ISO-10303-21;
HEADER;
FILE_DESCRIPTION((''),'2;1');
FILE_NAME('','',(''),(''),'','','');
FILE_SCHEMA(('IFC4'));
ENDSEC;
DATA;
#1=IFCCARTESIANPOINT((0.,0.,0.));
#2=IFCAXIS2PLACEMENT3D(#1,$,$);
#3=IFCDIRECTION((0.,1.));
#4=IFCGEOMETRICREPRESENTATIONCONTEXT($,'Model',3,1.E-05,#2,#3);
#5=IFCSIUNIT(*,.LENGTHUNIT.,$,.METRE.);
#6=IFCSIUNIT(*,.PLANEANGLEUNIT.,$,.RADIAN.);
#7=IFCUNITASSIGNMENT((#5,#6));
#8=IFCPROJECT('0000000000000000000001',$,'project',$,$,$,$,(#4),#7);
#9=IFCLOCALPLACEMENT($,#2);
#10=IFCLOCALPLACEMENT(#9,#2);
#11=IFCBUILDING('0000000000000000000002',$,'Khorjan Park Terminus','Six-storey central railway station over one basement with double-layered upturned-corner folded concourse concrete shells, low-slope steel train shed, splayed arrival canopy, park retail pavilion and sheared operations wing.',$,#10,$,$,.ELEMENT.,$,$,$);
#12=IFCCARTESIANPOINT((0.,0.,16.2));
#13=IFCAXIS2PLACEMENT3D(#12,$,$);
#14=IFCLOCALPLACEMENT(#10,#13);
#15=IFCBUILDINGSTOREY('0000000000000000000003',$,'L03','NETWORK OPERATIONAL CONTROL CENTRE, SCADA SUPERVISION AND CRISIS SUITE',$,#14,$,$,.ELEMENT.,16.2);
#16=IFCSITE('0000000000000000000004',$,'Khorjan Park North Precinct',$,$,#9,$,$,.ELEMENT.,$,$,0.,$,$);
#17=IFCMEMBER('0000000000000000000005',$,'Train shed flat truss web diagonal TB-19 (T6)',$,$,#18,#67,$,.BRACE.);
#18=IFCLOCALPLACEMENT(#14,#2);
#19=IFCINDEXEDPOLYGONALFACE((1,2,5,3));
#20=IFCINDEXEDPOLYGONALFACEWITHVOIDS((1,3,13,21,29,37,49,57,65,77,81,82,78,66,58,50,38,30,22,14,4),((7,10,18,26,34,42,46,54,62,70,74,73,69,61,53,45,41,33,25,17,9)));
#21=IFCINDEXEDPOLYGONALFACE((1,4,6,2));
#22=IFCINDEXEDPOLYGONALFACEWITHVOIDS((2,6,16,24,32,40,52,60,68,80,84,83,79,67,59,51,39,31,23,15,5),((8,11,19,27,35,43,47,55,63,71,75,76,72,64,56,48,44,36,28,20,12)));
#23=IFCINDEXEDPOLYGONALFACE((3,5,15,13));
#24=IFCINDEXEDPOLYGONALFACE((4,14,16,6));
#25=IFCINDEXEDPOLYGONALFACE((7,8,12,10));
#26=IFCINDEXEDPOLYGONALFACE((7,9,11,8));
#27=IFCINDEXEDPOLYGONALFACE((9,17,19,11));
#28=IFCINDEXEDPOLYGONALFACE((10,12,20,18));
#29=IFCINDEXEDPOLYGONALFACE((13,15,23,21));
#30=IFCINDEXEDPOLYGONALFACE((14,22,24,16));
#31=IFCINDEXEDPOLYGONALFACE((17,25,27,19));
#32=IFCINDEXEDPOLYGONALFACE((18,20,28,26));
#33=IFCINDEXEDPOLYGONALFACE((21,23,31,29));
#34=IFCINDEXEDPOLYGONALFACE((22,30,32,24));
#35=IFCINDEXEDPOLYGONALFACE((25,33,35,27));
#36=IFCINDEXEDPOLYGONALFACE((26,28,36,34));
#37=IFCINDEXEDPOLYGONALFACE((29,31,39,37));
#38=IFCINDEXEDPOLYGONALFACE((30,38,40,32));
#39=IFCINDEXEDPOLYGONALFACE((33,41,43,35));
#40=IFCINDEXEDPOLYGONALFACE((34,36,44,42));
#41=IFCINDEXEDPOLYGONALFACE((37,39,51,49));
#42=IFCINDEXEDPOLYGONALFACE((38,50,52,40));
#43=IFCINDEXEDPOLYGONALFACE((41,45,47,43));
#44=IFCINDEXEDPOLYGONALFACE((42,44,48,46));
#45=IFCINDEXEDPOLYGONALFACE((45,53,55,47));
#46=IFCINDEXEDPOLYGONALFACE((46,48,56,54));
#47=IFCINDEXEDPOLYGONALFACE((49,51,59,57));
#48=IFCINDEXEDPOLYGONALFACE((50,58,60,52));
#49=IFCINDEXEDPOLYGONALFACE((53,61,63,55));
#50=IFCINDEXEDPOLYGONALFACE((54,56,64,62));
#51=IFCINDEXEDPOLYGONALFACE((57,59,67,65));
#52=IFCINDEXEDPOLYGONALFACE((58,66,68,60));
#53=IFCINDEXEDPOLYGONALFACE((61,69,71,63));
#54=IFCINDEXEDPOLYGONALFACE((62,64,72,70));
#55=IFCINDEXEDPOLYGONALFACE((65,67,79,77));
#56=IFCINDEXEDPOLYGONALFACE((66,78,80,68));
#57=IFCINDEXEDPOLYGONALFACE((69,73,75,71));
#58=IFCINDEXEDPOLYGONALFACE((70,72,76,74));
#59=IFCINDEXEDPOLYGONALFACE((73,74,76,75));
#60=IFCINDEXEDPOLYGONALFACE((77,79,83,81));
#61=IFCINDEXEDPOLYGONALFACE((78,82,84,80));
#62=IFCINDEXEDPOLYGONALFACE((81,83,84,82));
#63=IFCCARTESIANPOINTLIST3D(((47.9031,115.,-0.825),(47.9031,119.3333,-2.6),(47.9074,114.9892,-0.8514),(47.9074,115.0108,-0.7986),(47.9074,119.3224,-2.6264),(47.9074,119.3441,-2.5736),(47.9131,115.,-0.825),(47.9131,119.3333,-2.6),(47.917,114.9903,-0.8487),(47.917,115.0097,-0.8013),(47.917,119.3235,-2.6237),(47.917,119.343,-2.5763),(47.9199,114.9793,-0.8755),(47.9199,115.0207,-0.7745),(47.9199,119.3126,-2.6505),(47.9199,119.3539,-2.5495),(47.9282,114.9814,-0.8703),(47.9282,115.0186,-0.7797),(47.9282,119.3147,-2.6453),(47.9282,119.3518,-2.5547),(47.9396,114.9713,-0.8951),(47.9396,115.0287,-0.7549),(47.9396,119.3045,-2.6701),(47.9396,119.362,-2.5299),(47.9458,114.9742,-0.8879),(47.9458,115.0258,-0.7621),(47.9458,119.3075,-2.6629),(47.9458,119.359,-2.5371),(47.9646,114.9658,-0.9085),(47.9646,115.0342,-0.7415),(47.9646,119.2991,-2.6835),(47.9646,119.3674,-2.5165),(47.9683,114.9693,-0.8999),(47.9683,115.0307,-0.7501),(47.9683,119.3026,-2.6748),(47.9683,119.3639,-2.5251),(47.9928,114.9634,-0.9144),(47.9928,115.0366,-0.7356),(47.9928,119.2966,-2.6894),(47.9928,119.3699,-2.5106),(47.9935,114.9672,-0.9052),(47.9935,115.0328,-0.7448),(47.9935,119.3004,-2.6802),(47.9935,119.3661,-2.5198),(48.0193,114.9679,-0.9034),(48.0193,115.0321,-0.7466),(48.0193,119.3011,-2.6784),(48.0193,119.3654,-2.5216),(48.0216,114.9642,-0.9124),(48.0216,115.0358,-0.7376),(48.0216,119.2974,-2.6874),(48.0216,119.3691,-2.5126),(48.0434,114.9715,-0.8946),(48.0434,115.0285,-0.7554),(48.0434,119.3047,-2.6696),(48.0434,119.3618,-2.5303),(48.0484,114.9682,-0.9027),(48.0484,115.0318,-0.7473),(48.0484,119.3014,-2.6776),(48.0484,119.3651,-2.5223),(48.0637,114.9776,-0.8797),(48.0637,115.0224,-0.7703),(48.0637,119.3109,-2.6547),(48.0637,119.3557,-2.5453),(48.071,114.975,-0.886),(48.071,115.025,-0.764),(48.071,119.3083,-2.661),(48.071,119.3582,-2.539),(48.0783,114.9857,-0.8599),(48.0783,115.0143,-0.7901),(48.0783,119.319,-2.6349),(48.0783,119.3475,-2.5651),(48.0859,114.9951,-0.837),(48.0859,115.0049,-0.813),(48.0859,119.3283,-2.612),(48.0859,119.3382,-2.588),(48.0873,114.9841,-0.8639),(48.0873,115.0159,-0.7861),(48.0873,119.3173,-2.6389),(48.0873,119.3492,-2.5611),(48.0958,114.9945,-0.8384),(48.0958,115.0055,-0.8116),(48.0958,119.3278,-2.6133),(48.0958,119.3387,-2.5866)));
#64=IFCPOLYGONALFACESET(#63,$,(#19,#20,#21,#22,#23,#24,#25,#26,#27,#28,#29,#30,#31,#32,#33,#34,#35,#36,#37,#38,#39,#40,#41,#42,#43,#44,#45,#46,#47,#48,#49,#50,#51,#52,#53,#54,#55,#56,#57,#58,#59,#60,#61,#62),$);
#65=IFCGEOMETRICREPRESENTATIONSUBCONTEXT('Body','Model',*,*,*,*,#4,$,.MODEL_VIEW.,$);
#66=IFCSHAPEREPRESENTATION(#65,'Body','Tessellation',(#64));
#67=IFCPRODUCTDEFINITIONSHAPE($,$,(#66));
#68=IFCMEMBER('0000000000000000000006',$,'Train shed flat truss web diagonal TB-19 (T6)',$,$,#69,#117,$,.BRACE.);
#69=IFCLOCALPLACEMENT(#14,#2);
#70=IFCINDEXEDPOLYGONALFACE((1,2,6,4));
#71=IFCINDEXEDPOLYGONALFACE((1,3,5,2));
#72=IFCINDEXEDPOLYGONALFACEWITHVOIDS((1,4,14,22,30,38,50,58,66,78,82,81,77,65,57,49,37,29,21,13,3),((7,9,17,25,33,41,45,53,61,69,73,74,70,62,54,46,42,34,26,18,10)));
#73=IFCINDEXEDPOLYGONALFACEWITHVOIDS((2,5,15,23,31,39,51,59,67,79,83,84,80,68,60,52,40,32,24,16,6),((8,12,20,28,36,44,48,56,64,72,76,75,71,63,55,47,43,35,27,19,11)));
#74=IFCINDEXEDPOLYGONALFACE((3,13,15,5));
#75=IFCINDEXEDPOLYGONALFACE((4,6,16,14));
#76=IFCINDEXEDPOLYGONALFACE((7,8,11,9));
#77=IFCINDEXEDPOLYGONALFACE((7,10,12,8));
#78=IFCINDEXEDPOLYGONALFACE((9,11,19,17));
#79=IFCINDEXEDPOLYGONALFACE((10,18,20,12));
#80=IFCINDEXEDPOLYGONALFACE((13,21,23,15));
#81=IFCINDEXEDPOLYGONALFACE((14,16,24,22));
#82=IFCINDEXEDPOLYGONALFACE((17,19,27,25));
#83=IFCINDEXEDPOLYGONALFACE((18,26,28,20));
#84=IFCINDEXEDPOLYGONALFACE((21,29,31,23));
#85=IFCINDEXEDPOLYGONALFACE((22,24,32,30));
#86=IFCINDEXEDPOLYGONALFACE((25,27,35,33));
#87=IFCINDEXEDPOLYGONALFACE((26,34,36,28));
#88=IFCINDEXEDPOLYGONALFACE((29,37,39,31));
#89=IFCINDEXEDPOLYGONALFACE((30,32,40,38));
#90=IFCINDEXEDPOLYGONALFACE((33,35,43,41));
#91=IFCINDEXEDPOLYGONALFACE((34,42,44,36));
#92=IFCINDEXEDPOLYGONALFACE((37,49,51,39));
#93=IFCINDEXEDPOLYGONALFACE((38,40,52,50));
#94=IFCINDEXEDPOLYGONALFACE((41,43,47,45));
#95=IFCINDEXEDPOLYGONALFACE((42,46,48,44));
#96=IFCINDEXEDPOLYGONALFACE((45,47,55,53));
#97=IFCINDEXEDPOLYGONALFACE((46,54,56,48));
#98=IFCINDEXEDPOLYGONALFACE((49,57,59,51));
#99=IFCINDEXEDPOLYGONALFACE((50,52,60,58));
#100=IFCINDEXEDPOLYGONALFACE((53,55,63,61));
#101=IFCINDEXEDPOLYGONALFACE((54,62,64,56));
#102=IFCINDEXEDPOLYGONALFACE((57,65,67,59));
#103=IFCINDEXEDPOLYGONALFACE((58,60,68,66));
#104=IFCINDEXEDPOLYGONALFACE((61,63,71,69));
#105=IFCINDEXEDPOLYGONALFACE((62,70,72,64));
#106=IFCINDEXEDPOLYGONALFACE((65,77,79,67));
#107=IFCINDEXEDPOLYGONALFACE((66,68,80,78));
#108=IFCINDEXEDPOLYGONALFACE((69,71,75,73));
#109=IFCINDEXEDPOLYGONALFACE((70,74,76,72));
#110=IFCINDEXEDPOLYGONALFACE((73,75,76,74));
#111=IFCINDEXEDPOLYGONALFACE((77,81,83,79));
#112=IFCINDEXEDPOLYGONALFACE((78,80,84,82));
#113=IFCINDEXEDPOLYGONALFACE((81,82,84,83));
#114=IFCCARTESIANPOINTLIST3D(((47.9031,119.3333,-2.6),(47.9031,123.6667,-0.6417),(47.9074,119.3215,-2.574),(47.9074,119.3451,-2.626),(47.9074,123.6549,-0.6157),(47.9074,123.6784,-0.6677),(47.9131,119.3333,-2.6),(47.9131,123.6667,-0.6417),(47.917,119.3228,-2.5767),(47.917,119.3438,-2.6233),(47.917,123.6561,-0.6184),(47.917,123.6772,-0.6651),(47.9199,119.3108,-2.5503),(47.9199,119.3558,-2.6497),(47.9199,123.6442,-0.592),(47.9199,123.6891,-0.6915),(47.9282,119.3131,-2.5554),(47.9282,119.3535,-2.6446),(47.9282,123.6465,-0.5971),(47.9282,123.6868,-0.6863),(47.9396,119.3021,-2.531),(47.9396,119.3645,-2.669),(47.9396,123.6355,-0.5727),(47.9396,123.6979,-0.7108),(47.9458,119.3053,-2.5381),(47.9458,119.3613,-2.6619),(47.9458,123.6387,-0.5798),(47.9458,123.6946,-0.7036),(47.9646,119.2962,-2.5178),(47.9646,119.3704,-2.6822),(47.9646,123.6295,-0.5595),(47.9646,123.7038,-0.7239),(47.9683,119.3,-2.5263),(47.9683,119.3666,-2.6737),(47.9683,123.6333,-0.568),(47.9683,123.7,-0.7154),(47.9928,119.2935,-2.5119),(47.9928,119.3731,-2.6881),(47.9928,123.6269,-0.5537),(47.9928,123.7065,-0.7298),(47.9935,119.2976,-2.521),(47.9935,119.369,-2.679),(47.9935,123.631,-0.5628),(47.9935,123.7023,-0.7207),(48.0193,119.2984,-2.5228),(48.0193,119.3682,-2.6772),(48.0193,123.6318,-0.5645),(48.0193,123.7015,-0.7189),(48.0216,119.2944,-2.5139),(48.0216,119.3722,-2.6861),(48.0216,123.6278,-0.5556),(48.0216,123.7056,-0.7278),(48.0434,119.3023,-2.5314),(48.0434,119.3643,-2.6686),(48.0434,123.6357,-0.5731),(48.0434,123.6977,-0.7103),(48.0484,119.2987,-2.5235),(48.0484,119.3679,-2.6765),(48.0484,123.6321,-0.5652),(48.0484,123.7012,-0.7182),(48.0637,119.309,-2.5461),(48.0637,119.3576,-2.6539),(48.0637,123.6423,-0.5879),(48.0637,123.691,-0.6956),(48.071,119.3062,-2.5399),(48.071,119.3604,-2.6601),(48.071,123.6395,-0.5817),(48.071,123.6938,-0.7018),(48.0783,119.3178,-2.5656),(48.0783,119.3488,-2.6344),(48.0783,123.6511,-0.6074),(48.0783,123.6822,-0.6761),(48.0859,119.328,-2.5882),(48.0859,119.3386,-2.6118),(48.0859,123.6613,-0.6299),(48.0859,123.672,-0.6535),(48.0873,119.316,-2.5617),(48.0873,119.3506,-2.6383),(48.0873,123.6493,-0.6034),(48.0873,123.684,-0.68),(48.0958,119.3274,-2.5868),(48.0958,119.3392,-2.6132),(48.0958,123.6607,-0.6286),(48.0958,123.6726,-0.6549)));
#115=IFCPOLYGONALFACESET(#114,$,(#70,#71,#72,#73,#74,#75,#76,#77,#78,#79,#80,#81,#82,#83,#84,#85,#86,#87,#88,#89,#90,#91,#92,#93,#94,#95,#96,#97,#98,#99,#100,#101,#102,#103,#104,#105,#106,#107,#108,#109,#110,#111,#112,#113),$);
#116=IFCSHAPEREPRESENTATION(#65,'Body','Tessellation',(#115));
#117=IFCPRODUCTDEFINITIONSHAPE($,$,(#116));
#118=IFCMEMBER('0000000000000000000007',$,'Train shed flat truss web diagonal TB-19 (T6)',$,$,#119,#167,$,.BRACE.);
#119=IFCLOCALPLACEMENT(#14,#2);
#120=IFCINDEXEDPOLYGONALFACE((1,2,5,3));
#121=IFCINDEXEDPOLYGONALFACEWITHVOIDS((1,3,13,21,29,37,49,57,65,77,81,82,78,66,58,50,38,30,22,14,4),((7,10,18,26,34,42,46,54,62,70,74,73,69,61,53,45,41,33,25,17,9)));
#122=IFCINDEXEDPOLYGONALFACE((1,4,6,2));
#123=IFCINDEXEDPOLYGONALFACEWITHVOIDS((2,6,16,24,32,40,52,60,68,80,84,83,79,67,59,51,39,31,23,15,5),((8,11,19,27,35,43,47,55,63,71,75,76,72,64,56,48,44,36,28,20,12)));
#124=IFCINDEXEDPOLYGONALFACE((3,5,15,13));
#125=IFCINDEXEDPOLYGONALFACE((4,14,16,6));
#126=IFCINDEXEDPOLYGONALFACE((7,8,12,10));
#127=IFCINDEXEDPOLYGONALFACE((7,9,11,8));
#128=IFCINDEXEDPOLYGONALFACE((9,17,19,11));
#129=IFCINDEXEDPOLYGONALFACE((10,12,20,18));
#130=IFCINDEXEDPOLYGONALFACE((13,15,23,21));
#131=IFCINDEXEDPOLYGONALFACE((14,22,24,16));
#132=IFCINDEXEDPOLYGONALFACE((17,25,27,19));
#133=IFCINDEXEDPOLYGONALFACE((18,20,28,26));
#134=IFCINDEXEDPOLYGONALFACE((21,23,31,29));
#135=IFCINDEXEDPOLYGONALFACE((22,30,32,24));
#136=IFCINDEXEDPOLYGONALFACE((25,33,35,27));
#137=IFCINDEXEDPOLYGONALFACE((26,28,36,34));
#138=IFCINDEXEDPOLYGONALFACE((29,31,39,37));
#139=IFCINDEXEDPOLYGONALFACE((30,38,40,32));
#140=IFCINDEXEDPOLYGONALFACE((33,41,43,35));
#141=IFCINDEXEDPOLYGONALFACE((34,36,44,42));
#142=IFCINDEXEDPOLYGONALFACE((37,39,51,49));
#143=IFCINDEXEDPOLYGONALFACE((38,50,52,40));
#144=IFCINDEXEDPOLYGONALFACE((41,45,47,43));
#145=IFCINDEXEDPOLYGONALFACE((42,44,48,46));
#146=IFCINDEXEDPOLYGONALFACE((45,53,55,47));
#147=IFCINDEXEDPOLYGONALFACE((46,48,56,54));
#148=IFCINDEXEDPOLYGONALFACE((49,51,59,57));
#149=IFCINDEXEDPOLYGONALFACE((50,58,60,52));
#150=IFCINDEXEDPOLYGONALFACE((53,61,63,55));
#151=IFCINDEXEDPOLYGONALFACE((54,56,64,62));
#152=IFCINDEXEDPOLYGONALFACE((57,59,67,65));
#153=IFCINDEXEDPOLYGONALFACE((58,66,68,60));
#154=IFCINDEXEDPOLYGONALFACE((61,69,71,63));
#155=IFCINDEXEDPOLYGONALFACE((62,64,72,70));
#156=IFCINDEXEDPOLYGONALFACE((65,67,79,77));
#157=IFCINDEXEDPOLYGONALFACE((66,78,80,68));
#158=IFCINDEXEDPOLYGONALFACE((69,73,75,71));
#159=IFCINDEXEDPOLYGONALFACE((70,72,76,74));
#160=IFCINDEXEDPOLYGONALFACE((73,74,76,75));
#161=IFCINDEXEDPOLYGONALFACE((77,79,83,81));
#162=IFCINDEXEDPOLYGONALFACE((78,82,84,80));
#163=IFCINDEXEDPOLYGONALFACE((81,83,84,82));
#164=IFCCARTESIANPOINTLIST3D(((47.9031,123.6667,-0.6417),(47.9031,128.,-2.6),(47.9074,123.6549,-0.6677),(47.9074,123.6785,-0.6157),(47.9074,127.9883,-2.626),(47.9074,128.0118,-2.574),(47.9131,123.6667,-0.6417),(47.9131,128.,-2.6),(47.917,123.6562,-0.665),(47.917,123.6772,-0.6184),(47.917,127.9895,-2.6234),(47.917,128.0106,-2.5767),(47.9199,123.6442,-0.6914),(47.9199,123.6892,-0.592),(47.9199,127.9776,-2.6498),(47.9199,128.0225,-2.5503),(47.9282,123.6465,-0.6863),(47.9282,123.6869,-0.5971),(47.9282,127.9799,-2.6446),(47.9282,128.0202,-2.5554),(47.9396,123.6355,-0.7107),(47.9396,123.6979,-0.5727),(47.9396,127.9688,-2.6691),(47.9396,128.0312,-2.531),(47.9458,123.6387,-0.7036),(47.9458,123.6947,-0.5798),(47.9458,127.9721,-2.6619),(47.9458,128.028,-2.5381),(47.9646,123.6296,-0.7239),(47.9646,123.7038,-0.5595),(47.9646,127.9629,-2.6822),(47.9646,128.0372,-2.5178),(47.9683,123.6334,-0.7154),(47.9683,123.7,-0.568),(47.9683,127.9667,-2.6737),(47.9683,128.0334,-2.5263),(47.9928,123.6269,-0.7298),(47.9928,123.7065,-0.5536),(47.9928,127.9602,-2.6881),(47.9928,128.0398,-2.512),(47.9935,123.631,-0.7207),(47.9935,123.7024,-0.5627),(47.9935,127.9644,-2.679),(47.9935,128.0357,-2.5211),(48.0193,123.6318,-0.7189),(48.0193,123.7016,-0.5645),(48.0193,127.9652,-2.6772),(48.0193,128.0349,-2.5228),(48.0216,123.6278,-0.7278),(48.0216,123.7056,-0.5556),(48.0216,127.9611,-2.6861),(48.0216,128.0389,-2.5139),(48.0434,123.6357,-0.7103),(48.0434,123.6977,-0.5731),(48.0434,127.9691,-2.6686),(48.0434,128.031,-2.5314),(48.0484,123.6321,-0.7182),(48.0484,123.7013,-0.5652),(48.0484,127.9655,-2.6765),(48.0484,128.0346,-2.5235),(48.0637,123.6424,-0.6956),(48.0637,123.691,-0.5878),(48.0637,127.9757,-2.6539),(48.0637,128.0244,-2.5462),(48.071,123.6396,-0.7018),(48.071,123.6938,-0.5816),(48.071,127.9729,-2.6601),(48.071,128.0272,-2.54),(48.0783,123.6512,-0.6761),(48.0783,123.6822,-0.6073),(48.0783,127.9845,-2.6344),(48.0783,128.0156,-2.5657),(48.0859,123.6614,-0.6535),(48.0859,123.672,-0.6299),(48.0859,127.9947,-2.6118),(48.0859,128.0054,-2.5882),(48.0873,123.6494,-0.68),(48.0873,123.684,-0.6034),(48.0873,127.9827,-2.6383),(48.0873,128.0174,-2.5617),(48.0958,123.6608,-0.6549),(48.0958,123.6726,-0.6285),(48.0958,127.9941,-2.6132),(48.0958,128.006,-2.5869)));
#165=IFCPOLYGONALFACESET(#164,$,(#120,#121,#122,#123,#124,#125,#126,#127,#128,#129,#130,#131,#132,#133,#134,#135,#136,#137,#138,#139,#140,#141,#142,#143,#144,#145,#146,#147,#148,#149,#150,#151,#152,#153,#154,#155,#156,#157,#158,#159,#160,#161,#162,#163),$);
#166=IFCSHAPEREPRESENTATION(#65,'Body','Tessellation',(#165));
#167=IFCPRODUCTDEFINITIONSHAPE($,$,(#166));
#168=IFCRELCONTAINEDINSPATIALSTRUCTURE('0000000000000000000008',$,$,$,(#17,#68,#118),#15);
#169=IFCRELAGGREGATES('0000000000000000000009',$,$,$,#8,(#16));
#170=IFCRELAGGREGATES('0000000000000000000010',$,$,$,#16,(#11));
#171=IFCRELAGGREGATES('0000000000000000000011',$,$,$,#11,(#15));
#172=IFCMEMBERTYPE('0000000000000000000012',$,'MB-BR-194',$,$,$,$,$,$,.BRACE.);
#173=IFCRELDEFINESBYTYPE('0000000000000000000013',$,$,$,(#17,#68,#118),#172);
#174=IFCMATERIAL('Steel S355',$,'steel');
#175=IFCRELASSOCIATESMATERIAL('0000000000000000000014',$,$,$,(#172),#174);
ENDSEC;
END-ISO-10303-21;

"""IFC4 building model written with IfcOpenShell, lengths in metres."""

from ifc_helpers import new_model, si_unit, direction, frame, origin, origin_2d, place, context, subcontext, project, spatial, hollow_circle, extrude, material, material_profile, profile_set, type_object, element, save


model = new_model("IFC4")

# Units and contexts
model_context = context("Model", 3, precision=1e-05, world=origin(), true_north=direction((0.0, 1.0)))
body_context = subcontext(model_context, "Body", "Model", "MODEL_VIEW")
ifc_project = project(units=[si_unit("LENGTHUNIT", "METRE"), si_unit("PLANEANGLEUNIT", "RADIAN")], contexts=[model_context])

# Site, building, storey
site_placement = place(None, origin())
site = spatial("IfcSite", under=ifc_project, at=site_placement, Name="Khorjan Park North Precinct", CompositionType="ELEMENT", RefElevation=0.0)
building_placement = place(site_placement, origin())
building = spatial("IfcBuilding", under=site, at=building_placement, Name="Khorjan Park Terminus", Description="Six-storey central railway station over one basement with double-layered upturned-corner folded concourse concrete shells, low-slope steel train shed, splayed arrival canopy, park retail pavilion and sheared operations wing.", CompositionType="ELEMENT")
storey_placement = place(building_placement, frame((0.0, 0.0, 16.2)))
storey = spatial("IfcBuildingStorey", under=building, at=storey_placement, Name="L03", Description="NETWORK OPERATIONAL CONTROL CENTRE, SCADA SUPERVISION AND CRISIS SUITE", CompositionType="ELEMENT", Elevation=16.2)

# Members
ifc_material = material(Name="Steel S355", Category="steel")
ifc_material_profile_1 = material_profile(ifc_material, hollow_circle(Radius=0.0969, WallThickness=0.01, at=origin_2d()), Name="CHS 193.7x10")
ifc_profile_set_1 = profile_set([ifc_material_profile_1], Name="Steel S355")
member_type_1 = type_object("IfcMemberType", Name="MB-BR-194", PredefinedType="BRACE", material=ifc_profile_set_1)
member_1_placement = place(storey_placement, frame((48.0, 115.0, -0.825), z_axis=(0.0, 0.925376, -0.379051), x_axis=(-1.0, 0.0, 0.0)))
element("IfcMember", 1, at=member_1_placement, inside=storey, type_object=member_type_1, Name="Train shed flat truss web diagonal TB-19 (T6)", PredefinedType="BRACE", context=body_context, shape_type="SweptSolid", body=[
    extrude(hollow_circle(Radius=0.0969, WallThickness=0.01, at=origin_2d()), origin(), (0.0, 0.0, 1.0), 4.6827),
])
for number, where, z_axis, x_axis, name in (
    (2, (48.0, 119.3333, -2.6), (0.0, 0.91127, 0.41181), (-1.0, 0.0, 0.0), "Train shed flat truss web diagonal TB-19 (T6)"),
    (3, (48.0, 123.6667, -0.6417), (0.0, 0.911266, -0.411818), (-1.0, 0.0, 0.0), "Train shed flat truss web diagonal TB-19 (T6)"),
):
    element("IfcMember", number, at=place(storey_placement, frame(where, z_axis=z_axis, x_axis=x_axis)), inside=storey, type_object=member_type_1, Name=name, PredefinedType="BRACE", context=body_context, shape_type="SweptSolid", body=[
        extrude(hollow_circle(Radius=0.0969, WallThickness=0.01, at=origin_2d()), origin(), (0.0, 0.0, 1.0), 4.7553),
    ])

save(model, "model.ifc")
